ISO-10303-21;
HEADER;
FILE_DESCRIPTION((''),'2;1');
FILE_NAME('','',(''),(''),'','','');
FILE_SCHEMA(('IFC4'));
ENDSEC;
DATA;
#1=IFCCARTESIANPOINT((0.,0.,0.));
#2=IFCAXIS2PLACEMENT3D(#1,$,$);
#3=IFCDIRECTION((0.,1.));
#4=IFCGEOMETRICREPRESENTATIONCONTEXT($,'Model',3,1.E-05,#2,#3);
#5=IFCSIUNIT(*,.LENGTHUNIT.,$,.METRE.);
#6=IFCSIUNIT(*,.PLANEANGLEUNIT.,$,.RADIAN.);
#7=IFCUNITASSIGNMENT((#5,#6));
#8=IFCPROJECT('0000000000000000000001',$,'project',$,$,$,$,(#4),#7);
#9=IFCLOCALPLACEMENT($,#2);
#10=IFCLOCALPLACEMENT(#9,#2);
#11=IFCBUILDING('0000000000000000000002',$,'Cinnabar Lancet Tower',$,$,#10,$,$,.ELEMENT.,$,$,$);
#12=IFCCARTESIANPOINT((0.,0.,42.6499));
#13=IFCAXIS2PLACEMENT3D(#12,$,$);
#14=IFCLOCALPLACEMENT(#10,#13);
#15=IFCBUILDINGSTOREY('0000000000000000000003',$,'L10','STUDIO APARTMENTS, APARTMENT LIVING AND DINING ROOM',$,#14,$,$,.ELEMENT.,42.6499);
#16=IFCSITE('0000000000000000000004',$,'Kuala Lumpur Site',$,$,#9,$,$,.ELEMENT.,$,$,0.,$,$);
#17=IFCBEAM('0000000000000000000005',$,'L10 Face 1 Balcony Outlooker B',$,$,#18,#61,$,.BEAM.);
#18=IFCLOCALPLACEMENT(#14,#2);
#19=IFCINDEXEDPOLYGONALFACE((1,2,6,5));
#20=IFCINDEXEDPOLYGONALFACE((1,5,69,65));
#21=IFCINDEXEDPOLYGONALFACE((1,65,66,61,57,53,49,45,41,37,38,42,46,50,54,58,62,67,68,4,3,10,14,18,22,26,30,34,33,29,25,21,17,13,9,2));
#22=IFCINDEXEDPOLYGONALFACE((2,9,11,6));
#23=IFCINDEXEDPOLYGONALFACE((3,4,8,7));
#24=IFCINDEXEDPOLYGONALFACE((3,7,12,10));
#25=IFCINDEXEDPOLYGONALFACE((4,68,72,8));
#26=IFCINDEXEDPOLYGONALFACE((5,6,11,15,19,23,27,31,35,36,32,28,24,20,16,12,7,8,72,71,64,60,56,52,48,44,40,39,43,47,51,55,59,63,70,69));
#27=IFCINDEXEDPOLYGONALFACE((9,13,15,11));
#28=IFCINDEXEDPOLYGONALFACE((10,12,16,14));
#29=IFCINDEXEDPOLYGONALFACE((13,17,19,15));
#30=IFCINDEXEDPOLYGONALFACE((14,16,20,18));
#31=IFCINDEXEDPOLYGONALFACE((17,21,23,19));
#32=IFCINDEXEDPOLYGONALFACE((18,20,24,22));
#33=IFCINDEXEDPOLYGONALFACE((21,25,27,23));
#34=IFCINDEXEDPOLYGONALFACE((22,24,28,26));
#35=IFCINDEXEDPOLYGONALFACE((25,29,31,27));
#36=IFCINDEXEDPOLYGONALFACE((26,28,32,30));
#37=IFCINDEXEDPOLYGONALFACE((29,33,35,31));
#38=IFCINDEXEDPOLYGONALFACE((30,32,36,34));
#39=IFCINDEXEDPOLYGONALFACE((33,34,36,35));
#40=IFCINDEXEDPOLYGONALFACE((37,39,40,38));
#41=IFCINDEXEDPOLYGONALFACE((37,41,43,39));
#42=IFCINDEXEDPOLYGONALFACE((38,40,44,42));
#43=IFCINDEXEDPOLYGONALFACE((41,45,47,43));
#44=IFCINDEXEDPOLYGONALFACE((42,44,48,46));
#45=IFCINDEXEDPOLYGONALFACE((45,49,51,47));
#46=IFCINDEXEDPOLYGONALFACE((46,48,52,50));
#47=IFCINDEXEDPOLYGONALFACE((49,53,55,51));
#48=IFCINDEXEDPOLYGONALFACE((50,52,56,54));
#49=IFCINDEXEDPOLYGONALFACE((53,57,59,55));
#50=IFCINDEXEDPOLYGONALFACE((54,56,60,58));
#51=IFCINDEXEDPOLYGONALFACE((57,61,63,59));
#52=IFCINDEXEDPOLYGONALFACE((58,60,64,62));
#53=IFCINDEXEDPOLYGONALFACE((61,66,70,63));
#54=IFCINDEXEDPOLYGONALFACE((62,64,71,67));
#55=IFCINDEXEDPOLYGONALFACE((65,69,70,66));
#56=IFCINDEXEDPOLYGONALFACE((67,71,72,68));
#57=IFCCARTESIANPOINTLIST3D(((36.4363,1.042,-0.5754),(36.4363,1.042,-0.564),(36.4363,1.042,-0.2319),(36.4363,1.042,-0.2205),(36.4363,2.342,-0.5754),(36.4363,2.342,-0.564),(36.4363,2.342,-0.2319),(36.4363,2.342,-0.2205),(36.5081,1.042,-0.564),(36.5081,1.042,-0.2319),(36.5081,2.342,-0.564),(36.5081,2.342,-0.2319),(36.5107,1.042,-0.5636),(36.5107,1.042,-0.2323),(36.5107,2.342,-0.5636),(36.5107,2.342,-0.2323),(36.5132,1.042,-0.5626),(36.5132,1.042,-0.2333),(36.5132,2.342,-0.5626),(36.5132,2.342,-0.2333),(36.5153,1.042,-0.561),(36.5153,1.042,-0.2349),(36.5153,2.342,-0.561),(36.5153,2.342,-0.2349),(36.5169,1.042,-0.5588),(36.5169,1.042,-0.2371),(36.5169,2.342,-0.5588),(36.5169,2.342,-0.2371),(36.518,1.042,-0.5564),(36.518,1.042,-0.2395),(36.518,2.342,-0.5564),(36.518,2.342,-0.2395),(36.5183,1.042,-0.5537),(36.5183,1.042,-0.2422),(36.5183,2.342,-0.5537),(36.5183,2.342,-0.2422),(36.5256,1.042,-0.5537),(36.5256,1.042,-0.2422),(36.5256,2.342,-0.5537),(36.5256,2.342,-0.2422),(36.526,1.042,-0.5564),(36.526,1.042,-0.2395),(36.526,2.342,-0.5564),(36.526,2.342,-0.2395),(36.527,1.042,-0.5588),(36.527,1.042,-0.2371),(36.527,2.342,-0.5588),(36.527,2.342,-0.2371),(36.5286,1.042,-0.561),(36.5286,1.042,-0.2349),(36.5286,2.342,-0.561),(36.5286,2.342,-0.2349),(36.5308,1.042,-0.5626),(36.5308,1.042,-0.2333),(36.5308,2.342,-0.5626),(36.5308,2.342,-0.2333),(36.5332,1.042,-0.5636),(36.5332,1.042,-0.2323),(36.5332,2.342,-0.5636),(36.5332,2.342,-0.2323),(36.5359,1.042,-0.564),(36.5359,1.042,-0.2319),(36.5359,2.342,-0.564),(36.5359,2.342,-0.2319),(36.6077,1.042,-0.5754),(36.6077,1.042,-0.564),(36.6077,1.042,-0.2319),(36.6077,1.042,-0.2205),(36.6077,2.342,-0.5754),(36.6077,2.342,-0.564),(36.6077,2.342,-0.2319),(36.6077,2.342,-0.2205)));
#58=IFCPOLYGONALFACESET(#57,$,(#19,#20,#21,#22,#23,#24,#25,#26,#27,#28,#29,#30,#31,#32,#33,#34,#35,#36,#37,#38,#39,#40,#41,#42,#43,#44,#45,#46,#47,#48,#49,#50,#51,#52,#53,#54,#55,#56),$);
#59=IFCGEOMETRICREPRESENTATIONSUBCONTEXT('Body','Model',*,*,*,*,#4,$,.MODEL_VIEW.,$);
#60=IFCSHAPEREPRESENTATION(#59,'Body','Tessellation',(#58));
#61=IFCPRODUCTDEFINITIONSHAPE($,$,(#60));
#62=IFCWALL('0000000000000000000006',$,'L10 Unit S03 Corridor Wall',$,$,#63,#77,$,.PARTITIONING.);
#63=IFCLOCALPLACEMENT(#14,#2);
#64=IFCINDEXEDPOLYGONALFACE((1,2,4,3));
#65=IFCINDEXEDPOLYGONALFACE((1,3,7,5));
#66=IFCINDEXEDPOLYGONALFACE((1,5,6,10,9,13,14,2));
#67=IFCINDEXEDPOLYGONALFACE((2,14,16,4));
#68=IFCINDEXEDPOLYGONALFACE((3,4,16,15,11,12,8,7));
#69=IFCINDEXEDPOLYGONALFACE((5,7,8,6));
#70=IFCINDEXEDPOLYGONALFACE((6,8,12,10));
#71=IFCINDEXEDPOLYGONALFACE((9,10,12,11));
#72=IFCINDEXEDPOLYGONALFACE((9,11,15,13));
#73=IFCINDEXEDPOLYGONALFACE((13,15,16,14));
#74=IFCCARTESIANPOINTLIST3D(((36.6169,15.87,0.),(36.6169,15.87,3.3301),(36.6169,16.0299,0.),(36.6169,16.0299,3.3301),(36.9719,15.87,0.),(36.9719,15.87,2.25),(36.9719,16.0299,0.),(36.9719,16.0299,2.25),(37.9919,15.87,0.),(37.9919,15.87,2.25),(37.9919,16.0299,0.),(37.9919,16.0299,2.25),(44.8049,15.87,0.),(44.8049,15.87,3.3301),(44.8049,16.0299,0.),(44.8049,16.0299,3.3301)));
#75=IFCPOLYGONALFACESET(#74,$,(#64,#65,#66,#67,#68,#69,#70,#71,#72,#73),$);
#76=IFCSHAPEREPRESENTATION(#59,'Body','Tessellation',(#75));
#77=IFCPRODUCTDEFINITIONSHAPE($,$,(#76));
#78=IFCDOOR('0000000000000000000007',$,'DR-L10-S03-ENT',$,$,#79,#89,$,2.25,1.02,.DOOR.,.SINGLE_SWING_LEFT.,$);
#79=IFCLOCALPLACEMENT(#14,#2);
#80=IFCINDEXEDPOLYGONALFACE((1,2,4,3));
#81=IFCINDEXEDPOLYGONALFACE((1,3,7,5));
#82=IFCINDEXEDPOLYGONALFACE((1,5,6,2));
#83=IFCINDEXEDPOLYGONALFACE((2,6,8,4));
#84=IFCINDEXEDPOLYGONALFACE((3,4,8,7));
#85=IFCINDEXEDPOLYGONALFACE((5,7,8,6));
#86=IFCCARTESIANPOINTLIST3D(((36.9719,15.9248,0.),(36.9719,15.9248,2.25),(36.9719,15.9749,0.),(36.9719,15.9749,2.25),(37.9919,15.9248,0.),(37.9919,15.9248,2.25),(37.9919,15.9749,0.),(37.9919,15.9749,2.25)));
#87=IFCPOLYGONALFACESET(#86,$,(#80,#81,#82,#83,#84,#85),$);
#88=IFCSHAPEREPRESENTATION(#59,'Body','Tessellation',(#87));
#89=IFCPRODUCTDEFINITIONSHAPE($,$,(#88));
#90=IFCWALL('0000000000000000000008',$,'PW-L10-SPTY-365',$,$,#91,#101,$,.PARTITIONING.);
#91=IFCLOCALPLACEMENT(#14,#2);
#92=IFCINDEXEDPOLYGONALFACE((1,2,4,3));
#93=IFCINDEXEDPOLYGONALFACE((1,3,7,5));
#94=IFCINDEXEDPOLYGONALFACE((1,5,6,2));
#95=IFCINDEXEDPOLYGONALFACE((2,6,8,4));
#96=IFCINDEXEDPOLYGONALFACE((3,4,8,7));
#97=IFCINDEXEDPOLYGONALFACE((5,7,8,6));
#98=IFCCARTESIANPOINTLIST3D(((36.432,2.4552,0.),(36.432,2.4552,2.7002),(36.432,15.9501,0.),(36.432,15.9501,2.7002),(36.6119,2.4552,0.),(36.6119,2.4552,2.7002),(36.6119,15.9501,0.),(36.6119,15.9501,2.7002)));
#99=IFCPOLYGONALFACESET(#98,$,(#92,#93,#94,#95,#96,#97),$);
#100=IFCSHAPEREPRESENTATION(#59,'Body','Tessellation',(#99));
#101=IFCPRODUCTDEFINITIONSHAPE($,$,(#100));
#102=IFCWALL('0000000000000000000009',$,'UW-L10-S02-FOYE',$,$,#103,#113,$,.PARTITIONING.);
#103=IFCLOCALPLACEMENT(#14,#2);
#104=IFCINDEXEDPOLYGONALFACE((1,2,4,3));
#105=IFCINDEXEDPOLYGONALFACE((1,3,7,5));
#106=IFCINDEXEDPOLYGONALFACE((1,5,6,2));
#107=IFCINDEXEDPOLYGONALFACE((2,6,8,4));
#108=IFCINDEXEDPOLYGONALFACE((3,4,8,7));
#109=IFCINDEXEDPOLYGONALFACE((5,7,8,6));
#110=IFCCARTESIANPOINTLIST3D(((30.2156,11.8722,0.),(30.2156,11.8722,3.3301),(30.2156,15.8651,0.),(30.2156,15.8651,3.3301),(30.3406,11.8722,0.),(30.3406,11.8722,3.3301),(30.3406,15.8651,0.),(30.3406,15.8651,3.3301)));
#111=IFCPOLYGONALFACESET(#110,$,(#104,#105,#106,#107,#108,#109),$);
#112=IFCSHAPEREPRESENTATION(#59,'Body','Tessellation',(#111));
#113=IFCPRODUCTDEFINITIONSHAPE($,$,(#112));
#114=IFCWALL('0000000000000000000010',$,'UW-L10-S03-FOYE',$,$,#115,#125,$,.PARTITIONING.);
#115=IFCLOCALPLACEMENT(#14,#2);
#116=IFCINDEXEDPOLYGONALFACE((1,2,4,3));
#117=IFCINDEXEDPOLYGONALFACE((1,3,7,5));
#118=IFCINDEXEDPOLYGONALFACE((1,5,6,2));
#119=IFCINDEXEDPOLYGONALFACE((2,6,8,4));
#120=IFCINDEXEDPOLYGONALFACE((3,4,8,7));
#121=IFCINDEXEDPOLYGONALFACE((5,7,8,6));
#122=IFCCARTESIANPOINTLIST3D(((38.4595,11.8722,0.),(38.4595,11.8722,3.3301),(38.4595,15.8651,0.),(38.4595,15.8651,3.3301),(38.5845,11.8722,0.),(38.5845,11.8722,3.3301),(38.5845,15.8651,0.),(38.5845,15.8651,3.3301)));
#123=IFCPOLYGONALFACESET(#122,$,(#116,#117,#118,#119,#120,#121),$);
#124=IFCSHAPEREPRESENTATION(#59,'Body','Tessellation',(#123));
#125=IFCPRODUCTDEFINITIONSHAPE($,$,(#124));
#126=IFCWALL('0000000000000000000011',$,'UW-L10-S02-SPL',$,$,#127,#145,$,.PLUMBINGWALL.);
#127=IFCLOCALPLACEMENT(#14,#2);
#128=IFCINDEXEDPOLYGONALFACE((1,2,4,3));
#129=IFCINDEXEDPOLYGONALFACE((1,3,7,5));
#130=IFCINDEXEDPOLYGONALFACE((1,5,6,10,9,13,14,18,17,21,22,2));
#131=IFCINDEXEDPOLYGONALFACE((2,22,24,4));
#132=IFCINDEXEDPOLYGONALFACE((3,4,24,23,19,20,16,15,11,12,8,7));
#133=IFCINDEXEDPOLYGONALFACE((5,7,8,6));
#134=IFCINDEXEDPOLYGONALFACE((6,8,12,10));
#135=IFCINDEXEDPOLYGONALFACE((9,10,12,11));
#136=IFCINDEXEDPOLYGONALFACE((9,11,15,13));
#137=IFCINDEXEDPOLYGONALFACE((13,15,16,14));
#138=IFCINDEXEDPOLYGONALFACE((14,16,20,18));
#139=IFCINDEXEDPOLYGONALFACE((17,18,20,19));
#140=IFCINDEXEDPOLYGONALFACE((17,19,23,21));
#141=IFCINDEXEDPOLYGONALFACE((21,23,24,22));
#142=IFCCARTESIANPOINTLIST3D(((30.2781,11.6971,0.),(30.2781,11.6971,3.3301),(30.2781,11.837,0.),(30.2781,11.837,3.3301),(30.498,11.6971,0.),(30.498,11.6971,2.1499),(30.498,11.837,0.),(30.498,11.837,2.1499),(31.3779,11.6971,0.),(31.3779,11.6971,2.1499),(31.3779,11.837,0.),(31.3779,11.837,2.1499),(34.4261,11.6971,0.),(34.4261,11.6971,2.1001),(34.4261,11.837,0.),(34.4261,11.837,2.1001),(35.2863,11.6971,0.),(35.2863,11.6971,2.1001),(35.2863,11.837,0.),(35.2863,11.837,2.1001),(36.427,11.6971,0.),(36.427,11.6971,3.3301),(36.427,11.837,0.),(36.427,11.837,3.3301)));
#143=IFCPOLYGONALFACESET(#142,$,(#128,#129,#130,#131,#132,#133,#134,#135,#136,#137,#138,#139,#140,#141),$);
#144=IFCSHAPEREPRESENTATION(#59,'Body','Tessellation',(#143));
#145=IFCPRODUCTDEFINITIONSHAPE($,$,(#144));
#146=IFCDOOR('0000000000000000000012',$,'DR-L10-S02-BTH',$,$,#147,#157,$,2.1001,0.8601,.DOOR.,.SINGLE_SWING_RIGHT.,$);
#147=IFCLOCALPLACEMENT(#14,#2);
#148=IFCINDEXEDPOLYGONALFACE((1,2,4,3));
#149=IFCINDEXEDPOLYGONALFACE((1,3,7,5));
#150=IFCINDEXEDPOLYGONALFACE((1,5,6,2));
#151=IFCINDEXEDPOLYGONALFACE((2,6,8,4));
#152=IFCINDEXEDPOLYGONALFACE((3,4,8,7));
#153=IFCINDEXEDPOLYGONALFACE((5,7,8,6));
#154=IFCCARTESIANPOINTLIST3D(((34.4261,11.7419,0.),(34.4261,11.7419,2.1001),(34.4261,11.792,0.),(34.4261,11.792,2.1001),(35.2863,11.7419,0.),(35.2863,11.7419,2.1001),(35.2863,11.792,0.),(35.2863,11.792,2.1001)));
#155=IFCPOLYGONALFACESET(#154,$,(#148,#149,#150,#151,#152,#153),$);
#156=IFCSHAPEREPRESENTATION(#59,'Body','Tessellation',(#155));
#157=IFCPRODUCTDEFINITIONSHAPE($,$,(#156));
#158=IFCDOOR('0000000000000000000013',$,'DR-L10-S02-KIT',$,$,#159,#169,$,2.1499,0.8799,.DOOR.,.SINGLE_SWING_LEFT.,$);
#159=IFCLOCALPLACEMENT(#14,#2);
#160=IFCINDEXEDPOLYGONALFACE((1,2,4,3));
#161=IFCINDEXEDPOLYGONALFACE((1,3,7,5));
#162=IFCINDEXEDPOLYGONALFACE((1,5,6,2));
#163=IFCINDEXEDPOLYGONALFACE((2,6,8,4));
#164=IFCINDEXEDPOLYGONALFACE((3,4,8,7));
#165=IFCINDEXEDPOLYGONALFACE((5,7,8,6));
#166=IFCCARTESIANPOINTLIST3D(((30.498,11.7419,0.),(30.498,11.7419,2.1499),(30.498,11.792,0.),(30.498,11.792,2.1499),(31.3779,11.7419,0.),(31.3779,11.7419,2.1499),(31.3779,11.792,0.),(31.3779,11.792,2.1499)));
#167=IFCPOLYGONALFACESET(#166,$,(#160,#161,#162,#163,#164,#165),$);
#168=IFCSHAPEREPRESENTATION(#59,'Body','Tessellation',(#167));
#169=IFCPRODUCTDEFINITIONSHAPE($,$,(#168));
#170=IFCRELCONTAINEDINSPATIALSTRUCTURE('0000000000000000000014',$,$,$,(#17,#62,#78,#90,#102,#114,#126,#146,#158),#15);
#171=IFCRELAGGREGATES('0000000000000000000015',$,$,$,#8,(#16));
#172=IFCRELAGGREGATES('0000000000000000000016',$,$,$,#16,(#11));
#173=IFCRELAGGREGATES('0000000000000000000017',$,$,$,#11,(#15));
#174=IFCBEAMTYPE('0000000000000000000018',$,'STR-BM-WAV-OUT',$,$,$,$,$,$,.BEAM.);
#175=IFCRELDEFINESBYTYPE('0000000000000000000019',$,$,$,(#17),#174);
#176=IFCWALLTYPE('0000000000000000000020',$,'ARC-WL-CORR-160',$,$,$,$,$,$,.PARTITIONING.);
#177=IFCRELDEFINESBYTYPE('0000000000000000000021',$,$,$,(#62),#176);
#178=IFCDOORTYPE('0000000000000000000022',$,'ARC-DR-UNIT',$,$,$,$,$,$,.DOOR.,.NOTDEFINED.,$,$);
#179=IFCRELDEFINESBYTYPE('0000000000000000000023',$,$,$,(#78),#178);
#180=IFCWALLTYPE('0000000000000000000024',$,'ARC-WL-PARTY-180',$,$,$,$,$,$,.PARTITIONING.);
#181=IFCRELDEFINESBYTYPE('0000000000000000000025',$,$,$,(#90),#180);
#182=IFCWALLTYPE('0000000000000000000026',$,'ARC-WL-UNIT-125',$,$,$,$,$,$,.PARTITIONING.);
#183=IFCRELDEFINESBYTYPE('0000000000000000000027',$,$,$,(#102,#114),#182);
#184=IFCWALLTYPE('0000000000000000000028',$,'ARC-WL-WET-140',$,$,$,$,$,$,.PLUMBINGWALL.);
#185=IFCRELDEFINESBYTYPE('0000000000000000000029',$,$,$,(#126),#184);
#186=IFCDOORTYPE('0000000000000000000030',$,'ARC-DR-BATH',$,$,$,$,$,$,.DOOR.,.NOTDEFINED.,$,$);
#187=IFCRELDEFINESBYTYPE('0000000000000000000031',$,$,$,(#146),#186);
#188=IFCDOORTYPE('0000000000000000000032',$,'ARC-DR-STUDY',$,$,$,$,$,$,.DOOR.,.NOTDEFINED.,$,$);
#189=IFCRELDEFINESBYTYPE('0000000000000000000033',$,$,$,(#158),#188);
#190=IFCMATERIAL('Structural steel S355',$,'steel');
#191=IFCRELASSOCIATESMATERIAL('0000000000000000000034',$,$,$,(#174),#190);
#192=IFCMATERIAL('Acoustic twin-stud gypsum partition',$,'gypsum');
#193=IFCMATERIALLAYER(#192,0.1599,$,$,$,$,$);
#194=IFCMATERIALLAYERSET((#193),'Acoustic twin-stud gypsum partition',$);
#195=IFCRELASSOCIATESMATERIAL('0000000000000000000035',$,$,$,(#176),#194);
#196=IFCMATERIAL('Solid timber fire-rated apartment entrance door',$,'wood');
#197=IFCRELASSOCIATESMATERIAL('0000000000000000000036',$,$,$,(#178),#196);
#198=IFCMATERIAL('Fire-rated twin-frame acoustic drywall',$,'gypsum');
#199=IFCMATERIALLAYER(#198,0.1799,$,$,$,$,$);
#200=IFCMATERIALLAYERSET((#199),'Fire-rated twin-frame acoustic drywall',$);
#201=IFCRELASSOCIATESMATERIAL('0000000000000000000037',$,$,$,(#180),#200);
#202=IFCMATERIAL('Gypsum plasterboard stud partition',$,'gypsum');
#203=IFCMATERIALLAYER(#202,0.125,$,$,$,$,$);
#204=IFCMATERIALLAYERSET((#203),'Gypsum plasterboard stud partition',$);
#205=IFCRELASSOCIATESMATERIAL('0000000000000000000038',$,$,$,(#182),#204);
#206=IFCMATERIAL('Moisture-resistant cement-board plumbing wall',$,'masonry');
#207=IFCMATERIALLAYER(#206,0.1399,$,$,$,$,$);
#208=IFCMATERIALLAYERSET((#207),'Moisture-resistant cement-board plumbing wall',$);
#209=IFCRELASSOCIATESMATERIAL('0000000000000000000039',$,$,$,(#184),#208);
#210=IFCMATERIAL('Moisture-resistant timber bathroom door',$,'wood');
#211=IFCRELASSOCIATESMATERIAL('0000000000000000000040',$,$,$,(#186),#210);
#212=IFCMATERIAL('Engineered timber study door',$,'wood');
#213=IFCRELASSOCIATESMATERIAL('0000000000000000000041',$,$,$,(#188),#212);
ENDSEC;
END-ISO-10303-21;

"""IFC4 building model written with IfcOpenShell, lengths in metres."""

from ifc_helpers import new_model, si_unit, direction, frame, frame_2d, origin, origin_2d, place, context, subcontext, project, spatial, rectangle, i_section, extrude, material, layer, layer_set, material_profile, profile_set, type_object, element, fill, save


model = new_model("IFC4")

# Units and contexts
model_context = context("Model", 3, precision=1e-05, world=origin(), true_north=direction((0.0, 1.0)))
body_context = subcontext(model_context, "Body", "Model", "MODEL_VIEW")
ifc_project = project(units=[si_unit("LENGTHUNIT", "METRE"), si_unit("PLANEANGLEUNIT", "RADIAN")], contexts=[model_context])

# Site, building, storey
site_placement = place(None, origin())
site = spatial("IfcSite", under=ifc_project, at=site_placement, Name="Kuala Lumpur Site", CompositionType="ELEMENT", RefElevation=0.0)
building_placement = place(site_placement, origin())
building = spatial("IfcBuilding", under=site, at=building_placement, Name="Cinnabar Lancet Tower", CompositionType="ELEMENT")
storey_placement = place(building_placement, frame((0.0, 0.0, 42.6499)))
storey = spatial("IfcBuildingStorey", under=building, at=storey_placement, Name="L10", Description="STUDIO APARTMENTS, APARTMENT LIVING AND DINING ROOM", CompositionType="ELEMENT", Elevation=42.6499)

# Beam
ifc_material_1 = material(Name="Structural steel S355", Category="steel")
ifc_material_profile_1 = material_profile(ifc_material_1, i_section(OverallWidth=0.1714, OverallDepth=0.355, WebThickness=0.0073, FlangeThickness=0.0115, FilletRadius=0.0103, at=origin_2d()), Name="UKB 356x171x51")
ifc_profile_set_1 = profile_set([ifc_material_profile_1], Name="Structural steel S355")
beam_type_1 = type_object("IfcBeamType", Name="STR-BM-WAV-OUT", PredefinedType="BEAM", material=ifc_profile_set_1)
beam_1_placement = place(storey_placement, frame((36.522, 2.342, -0.3979), z_axis=(0.0, -1.0, 0.0), x_axis=(1.0, 0.0, 0.0)))
element("IfcBeam", 1, at=beam_1_placement, inside=storey, type_object=beam_type_1, Name="L10 Face 1 Balcony Outlooker B", PredefinedType="BEAM", context=body_context, shape_type="SweptSolid", body=[
    extrude(i_section(OverallWidth=0.1714, OverallDepth=0.355, WebThickness=0.0073, FlangeThickness=0.0115, FilletRadius=0.0103, at=origin_2d()), origin(), (0.0, 0.0, 1.0), 1.3),
])

# Wall, opening, door
ifc_material_2 = material(Name="Acoustic twin-stud gypsum partition", Category="gypsum")
ifc_layer_1 = layer(ifc_material_2, 0.1599)
ifc_layer_set_1 = layer_set([ifc_layer_1], Name="Acoustic twin-stud gypsum partition")
wall_type_1 = type_object("IfcWallType", Name="ARC-WL-CORR-160", PredefinedType="PARTITIONING", material=ifc_layer_set_1)
wall_1_placement = place(storey_placement, frame((36.6169, 15.95, 0.0), z_axis=(0.0, 0.0, 1.0), x_axis=(1.0, 0.0, 0.0)))
wall_1 = element("IfcWall", 2, at=wall_1_placement, inside=storey, type_object=wall_type_1, Name="L10 Unit S03 Corridor Wall", PredefinedType="PARTITIONING", context=body_context, shape_type="SweptSolid", body=[
    extrude(rectangle(XDim=8.188, YDim=0.1599, at=frame_2d((4.094, 0.0))), origin(), (0.0, 0.0, 1.0), 3.3301),
])
opening_1_placement = place(wall_1_placement, frame((0.355, 0.0, 0.0)))
opening_1 = element("IfcOpeningElement", 3, at=opening_1_placement, cuts=wall_1, PredefinedType="OPENING", context=body_context, shape_type="SweptSolid", body=[
    extrude(rectangle(XDim=1.02, YDim=2.25, at=frame_2d((0.51, 1.125))), frame((0.0, 0.0898, 0.0), z_axis=(0.0, -1.0, 0.0), x_axis=(1.0, 0.0, 0.0)), (0.0, 0.0, 1.0), 0.1799),
])
ifc_material_3 = material(Name="Solid timber fire-rated apartment entrance door", Category="wood")
door_type_1 = type_object("IfcDoorType", Name="ARC-DR-UNIT", OperationType="NOTDEFINED", PredefinedType="DOOR", material=ifc_material_3)
door_1_placement = place(opening_1_placement, origin())
door_1 = element("IfcDoor", 4, at=door_1_placement, inside=storey, type_object=door_type_1, Name="DR-L10-S03-ENT", OperationType="SINGLE_SWING_LEFT", OverallHeight=2.25, OverallWidth=1.02, PredefinedType="DOOR", context=body_context, shape_type="SweptSolid", body=[
    extrude(rectangle(XDim=1.02, YDim=2.25, at=frame_2d((0.51, 1.125))), frame((0.0, 0.0249, 0.0), z_axis=(0.0, -1.0, 0.0), x_axis=(1.0, 0.0, 0.0)), (0.0, 0.0, 1.0), 0.05),
])
fill(opening_1, door_1)

# Walls
ifc_material_4 = material(Name="Fire-rated twin-frame acoustic drywall", Category="gypsum")
ifc_layer_2 = layer(ifc_material_4, 0.1799)
ifc_layer_set_2 = layer_set([ifc_layer_2], Name="Fire-rated twin-frame acoustic drywall")
wall_type_2 = type_object("IfcWallType", Name="ARC-WL-PARTY-180", PredefinedType="PARTITIONING", material=ifc_layer_set_2)
wall_2_placement = place(storey_placement, frame((36.522, 2.4551, 0.0), z_axis=(0.0, 0.0, 1.0), x_axis=(0.0, 1.0, 0.0)))
element("IfcWall", 5, at=wall_2_placement, inside=storey, type_object=wall_type_2, Name="PW-L10-SPTY-365", PredefinedType="PARTITIONING", context=body_context, shape_type="SweptSolid", body=[
    extrude(rectangle(XDim=13.4949, YDim=0.1799, at=frame_2d((6.7476, 0.0))), origin(), (0.0, 0.0, 1.0), 2.7002),
])
ifc_material_5 = material(Name="Gypsum plasterboard stud partition", Category="gypsum")
ifc_layer_3 = layer(ifc_material_5, 0.125)
ifc_layer_set_3 = layer_set([ifc_layer_3], Name="Gypsum plasterboard stud partition")
wall_type_3 = type_object("IfcWallType", Name="ARC-WL-UNIT-125", PredefinedType="PARTITIONING", material=ifc_layer_set_3)
for number, where, z_axis, x_axis, name in (
    (6, (30.2781, 11.8721, 0.0), (0.0, 0.0, 1.0), (0.0, 1.0, 0.0), "UW-L10-S02-FOYE"),
    (7, (38.522, 11.8721, 0.0), (0.0, 0.0, 1.0), (0.0, 1.0, 0.0), "UW-L10-S03-FOYE"),
):
    element("IfcWall", number, at=place(storey_placement, frame(where, z_axis=z_axis, x_axis=x_axis)), inside=storey, type_object=wall_type_3, Name=name, PredefinedType="PARTITIONING", context=body_context, shape_type="SweptSolid", body=[
        extrude(rectangle(XDim=3.9929, YDim=0.125, at=frame_2d((1.9966, 0.0))), origin(), (0.0, 0.0, 1.0), 3.3301),
    ])

# Wall, openings, doors
ifc_material_6 = material(Name="Moisture-resistant cement-board plumbing wall", Category="masonry")
ifc_layer_4 = layer(ifc_material_6, 0.1399)
ifc_layer_set_4 = layer_set([ifc_layer_4], Name="Moisture-resistant cement-board plumbing wall")
wall_type_4 = type_object("IfcWallType", Name="ARC-WL-WET-140", PredefinedType="PLUMBINGWALL", material=ifc_layer_set_4)
wall_3_placement = place(storey_placement, frame((30.2781, 11.7671, 0.0), z_axis=(0.0, 0.0, 1.0), x_axis=(1.0, 0.0, 0.0)))
wall_3 = element("IfcWall", 8, at=wall_3_placement, inside=storey, type_object=wall_type_4, Name="UW-L10-S02-SPL", PredefinedType="PLUMBINGWALL", context=body_context, shape_type="SweptSolid", body=[
    extrude(rectangle(XDim=6.1489, YDim=0.1399, at=frame_2d((3.0745, 0.0))), origin(), (0.0, 0.0, 1.0), 3.3301),
])
opening_2_placement = place(wall_3_placement, frame((4.1479, 0.0, 0.0)))
opening_2 = element("IfcOpeningElement", 9, at=opening_2_placement, cuts=wall_3, PredefinedType="OPENING", context=body_context, shape_type="SweptSolid", body=[
    extrude(rectangle(XDim=0.8601, YDim=2.1001, at=frame_2d((0.4302, 1.05))), frame((0.0, 0.0798, 0.0), z_axis=(0.0, -1.0, 0.0), x_axis=(1.0, 0.0, 0.0)), (0.0, 0.0, 1.0), 0.1599),
])
opening_3_placement = place(wall_3_placement, frame((0.22, 0.0, 0.0)))
opening_3 = element("IfcOpeningElement", 10, at=opening_3_placement, cuts=wall_3, PredefinedType="OPENING", context=body_context, shape_type="SweptSolid", body=[
    extrude(rectangle(XDim=0.8799, YDim=2.1499, at=frame_2d((0.4399, 1.075))), frame((0.0, 0.0798, 0.0), z_axis=(0.0, -1.0, 0.0), x_axis=(1.0, 0.0, 0.0)), (0.0, 0.0, 1.0), 0.1599),
])
ifc_material_7 = material(Name="Moisture-resistant timber bathroom door", Category="wood")
door_type_2 = type_object("IfcDoorType", Name="ARC-DR-BATH", OperationType="NOTDEFINED", PredefinedType="DOOR", material=ifc_material_7)
door_2_placement = place(opening_2_placement, origin())
door_2 = element("IfcDoor", 11, at=door_2_placement, inside=storey, type_object=door_type_2, Name="DR-L10-S02-BTH", OperationType="SINGLE_SWING_RIGHT", OverallHeight=2.1001, OverallWidth=0.8601, PredefinedType="DOOR", context=body_context, shape_type="SweptSolid", body=[
    extrude(rectangle(XDim=0.8601, YDim=2.1001, at=frame_2d((0.4302, 1.05))), frame((0.0, 0.0249, 0.0), z_axis=(0.0, -1.0, 0.0), x_axis=(1.0, 0.0, 0.0)), (0.0, 0.0, 1.0), 0.05),
])
fill(opening_2, door_2)
ifc_material_8 = material(Name="Engineered timber study door", Category="wood")
door_type_3 = type_object("IfcDoorType", Name="ARC-DR-STUDY", OperationType="NOTDEFINED", PredefinedType="DOOR", material=ifc_material_8)
door_3_placement = place(opening_3_placement, origin())
door_3 = element("IfcDoor", 12, at=door_3_placement, inside=storey, type_object=door_type_3, Name="DR-L10-S02-KIT", OperationType="SINGLE_SWING_LEFT", OverallHeight=2.1499, OverallWidth=0.8799, PredefinedType="DOOR", context=body_context, shape_type="SweptSolid", body=[
    extrude(rectangle(XDim=0.8799, YDim=2.1499, at=frame_2d((0.4399, 1.075))), frame((0.0, 0.0249, 0.0), z_axis=(0.0, -1.0, 0.0), x_axis=(1.0, 0.0, 0.0)), (0.0, 0.0, 1.0), 0.05),
])
fill(opening_3, door_3)

save(model, "model.ifc")
